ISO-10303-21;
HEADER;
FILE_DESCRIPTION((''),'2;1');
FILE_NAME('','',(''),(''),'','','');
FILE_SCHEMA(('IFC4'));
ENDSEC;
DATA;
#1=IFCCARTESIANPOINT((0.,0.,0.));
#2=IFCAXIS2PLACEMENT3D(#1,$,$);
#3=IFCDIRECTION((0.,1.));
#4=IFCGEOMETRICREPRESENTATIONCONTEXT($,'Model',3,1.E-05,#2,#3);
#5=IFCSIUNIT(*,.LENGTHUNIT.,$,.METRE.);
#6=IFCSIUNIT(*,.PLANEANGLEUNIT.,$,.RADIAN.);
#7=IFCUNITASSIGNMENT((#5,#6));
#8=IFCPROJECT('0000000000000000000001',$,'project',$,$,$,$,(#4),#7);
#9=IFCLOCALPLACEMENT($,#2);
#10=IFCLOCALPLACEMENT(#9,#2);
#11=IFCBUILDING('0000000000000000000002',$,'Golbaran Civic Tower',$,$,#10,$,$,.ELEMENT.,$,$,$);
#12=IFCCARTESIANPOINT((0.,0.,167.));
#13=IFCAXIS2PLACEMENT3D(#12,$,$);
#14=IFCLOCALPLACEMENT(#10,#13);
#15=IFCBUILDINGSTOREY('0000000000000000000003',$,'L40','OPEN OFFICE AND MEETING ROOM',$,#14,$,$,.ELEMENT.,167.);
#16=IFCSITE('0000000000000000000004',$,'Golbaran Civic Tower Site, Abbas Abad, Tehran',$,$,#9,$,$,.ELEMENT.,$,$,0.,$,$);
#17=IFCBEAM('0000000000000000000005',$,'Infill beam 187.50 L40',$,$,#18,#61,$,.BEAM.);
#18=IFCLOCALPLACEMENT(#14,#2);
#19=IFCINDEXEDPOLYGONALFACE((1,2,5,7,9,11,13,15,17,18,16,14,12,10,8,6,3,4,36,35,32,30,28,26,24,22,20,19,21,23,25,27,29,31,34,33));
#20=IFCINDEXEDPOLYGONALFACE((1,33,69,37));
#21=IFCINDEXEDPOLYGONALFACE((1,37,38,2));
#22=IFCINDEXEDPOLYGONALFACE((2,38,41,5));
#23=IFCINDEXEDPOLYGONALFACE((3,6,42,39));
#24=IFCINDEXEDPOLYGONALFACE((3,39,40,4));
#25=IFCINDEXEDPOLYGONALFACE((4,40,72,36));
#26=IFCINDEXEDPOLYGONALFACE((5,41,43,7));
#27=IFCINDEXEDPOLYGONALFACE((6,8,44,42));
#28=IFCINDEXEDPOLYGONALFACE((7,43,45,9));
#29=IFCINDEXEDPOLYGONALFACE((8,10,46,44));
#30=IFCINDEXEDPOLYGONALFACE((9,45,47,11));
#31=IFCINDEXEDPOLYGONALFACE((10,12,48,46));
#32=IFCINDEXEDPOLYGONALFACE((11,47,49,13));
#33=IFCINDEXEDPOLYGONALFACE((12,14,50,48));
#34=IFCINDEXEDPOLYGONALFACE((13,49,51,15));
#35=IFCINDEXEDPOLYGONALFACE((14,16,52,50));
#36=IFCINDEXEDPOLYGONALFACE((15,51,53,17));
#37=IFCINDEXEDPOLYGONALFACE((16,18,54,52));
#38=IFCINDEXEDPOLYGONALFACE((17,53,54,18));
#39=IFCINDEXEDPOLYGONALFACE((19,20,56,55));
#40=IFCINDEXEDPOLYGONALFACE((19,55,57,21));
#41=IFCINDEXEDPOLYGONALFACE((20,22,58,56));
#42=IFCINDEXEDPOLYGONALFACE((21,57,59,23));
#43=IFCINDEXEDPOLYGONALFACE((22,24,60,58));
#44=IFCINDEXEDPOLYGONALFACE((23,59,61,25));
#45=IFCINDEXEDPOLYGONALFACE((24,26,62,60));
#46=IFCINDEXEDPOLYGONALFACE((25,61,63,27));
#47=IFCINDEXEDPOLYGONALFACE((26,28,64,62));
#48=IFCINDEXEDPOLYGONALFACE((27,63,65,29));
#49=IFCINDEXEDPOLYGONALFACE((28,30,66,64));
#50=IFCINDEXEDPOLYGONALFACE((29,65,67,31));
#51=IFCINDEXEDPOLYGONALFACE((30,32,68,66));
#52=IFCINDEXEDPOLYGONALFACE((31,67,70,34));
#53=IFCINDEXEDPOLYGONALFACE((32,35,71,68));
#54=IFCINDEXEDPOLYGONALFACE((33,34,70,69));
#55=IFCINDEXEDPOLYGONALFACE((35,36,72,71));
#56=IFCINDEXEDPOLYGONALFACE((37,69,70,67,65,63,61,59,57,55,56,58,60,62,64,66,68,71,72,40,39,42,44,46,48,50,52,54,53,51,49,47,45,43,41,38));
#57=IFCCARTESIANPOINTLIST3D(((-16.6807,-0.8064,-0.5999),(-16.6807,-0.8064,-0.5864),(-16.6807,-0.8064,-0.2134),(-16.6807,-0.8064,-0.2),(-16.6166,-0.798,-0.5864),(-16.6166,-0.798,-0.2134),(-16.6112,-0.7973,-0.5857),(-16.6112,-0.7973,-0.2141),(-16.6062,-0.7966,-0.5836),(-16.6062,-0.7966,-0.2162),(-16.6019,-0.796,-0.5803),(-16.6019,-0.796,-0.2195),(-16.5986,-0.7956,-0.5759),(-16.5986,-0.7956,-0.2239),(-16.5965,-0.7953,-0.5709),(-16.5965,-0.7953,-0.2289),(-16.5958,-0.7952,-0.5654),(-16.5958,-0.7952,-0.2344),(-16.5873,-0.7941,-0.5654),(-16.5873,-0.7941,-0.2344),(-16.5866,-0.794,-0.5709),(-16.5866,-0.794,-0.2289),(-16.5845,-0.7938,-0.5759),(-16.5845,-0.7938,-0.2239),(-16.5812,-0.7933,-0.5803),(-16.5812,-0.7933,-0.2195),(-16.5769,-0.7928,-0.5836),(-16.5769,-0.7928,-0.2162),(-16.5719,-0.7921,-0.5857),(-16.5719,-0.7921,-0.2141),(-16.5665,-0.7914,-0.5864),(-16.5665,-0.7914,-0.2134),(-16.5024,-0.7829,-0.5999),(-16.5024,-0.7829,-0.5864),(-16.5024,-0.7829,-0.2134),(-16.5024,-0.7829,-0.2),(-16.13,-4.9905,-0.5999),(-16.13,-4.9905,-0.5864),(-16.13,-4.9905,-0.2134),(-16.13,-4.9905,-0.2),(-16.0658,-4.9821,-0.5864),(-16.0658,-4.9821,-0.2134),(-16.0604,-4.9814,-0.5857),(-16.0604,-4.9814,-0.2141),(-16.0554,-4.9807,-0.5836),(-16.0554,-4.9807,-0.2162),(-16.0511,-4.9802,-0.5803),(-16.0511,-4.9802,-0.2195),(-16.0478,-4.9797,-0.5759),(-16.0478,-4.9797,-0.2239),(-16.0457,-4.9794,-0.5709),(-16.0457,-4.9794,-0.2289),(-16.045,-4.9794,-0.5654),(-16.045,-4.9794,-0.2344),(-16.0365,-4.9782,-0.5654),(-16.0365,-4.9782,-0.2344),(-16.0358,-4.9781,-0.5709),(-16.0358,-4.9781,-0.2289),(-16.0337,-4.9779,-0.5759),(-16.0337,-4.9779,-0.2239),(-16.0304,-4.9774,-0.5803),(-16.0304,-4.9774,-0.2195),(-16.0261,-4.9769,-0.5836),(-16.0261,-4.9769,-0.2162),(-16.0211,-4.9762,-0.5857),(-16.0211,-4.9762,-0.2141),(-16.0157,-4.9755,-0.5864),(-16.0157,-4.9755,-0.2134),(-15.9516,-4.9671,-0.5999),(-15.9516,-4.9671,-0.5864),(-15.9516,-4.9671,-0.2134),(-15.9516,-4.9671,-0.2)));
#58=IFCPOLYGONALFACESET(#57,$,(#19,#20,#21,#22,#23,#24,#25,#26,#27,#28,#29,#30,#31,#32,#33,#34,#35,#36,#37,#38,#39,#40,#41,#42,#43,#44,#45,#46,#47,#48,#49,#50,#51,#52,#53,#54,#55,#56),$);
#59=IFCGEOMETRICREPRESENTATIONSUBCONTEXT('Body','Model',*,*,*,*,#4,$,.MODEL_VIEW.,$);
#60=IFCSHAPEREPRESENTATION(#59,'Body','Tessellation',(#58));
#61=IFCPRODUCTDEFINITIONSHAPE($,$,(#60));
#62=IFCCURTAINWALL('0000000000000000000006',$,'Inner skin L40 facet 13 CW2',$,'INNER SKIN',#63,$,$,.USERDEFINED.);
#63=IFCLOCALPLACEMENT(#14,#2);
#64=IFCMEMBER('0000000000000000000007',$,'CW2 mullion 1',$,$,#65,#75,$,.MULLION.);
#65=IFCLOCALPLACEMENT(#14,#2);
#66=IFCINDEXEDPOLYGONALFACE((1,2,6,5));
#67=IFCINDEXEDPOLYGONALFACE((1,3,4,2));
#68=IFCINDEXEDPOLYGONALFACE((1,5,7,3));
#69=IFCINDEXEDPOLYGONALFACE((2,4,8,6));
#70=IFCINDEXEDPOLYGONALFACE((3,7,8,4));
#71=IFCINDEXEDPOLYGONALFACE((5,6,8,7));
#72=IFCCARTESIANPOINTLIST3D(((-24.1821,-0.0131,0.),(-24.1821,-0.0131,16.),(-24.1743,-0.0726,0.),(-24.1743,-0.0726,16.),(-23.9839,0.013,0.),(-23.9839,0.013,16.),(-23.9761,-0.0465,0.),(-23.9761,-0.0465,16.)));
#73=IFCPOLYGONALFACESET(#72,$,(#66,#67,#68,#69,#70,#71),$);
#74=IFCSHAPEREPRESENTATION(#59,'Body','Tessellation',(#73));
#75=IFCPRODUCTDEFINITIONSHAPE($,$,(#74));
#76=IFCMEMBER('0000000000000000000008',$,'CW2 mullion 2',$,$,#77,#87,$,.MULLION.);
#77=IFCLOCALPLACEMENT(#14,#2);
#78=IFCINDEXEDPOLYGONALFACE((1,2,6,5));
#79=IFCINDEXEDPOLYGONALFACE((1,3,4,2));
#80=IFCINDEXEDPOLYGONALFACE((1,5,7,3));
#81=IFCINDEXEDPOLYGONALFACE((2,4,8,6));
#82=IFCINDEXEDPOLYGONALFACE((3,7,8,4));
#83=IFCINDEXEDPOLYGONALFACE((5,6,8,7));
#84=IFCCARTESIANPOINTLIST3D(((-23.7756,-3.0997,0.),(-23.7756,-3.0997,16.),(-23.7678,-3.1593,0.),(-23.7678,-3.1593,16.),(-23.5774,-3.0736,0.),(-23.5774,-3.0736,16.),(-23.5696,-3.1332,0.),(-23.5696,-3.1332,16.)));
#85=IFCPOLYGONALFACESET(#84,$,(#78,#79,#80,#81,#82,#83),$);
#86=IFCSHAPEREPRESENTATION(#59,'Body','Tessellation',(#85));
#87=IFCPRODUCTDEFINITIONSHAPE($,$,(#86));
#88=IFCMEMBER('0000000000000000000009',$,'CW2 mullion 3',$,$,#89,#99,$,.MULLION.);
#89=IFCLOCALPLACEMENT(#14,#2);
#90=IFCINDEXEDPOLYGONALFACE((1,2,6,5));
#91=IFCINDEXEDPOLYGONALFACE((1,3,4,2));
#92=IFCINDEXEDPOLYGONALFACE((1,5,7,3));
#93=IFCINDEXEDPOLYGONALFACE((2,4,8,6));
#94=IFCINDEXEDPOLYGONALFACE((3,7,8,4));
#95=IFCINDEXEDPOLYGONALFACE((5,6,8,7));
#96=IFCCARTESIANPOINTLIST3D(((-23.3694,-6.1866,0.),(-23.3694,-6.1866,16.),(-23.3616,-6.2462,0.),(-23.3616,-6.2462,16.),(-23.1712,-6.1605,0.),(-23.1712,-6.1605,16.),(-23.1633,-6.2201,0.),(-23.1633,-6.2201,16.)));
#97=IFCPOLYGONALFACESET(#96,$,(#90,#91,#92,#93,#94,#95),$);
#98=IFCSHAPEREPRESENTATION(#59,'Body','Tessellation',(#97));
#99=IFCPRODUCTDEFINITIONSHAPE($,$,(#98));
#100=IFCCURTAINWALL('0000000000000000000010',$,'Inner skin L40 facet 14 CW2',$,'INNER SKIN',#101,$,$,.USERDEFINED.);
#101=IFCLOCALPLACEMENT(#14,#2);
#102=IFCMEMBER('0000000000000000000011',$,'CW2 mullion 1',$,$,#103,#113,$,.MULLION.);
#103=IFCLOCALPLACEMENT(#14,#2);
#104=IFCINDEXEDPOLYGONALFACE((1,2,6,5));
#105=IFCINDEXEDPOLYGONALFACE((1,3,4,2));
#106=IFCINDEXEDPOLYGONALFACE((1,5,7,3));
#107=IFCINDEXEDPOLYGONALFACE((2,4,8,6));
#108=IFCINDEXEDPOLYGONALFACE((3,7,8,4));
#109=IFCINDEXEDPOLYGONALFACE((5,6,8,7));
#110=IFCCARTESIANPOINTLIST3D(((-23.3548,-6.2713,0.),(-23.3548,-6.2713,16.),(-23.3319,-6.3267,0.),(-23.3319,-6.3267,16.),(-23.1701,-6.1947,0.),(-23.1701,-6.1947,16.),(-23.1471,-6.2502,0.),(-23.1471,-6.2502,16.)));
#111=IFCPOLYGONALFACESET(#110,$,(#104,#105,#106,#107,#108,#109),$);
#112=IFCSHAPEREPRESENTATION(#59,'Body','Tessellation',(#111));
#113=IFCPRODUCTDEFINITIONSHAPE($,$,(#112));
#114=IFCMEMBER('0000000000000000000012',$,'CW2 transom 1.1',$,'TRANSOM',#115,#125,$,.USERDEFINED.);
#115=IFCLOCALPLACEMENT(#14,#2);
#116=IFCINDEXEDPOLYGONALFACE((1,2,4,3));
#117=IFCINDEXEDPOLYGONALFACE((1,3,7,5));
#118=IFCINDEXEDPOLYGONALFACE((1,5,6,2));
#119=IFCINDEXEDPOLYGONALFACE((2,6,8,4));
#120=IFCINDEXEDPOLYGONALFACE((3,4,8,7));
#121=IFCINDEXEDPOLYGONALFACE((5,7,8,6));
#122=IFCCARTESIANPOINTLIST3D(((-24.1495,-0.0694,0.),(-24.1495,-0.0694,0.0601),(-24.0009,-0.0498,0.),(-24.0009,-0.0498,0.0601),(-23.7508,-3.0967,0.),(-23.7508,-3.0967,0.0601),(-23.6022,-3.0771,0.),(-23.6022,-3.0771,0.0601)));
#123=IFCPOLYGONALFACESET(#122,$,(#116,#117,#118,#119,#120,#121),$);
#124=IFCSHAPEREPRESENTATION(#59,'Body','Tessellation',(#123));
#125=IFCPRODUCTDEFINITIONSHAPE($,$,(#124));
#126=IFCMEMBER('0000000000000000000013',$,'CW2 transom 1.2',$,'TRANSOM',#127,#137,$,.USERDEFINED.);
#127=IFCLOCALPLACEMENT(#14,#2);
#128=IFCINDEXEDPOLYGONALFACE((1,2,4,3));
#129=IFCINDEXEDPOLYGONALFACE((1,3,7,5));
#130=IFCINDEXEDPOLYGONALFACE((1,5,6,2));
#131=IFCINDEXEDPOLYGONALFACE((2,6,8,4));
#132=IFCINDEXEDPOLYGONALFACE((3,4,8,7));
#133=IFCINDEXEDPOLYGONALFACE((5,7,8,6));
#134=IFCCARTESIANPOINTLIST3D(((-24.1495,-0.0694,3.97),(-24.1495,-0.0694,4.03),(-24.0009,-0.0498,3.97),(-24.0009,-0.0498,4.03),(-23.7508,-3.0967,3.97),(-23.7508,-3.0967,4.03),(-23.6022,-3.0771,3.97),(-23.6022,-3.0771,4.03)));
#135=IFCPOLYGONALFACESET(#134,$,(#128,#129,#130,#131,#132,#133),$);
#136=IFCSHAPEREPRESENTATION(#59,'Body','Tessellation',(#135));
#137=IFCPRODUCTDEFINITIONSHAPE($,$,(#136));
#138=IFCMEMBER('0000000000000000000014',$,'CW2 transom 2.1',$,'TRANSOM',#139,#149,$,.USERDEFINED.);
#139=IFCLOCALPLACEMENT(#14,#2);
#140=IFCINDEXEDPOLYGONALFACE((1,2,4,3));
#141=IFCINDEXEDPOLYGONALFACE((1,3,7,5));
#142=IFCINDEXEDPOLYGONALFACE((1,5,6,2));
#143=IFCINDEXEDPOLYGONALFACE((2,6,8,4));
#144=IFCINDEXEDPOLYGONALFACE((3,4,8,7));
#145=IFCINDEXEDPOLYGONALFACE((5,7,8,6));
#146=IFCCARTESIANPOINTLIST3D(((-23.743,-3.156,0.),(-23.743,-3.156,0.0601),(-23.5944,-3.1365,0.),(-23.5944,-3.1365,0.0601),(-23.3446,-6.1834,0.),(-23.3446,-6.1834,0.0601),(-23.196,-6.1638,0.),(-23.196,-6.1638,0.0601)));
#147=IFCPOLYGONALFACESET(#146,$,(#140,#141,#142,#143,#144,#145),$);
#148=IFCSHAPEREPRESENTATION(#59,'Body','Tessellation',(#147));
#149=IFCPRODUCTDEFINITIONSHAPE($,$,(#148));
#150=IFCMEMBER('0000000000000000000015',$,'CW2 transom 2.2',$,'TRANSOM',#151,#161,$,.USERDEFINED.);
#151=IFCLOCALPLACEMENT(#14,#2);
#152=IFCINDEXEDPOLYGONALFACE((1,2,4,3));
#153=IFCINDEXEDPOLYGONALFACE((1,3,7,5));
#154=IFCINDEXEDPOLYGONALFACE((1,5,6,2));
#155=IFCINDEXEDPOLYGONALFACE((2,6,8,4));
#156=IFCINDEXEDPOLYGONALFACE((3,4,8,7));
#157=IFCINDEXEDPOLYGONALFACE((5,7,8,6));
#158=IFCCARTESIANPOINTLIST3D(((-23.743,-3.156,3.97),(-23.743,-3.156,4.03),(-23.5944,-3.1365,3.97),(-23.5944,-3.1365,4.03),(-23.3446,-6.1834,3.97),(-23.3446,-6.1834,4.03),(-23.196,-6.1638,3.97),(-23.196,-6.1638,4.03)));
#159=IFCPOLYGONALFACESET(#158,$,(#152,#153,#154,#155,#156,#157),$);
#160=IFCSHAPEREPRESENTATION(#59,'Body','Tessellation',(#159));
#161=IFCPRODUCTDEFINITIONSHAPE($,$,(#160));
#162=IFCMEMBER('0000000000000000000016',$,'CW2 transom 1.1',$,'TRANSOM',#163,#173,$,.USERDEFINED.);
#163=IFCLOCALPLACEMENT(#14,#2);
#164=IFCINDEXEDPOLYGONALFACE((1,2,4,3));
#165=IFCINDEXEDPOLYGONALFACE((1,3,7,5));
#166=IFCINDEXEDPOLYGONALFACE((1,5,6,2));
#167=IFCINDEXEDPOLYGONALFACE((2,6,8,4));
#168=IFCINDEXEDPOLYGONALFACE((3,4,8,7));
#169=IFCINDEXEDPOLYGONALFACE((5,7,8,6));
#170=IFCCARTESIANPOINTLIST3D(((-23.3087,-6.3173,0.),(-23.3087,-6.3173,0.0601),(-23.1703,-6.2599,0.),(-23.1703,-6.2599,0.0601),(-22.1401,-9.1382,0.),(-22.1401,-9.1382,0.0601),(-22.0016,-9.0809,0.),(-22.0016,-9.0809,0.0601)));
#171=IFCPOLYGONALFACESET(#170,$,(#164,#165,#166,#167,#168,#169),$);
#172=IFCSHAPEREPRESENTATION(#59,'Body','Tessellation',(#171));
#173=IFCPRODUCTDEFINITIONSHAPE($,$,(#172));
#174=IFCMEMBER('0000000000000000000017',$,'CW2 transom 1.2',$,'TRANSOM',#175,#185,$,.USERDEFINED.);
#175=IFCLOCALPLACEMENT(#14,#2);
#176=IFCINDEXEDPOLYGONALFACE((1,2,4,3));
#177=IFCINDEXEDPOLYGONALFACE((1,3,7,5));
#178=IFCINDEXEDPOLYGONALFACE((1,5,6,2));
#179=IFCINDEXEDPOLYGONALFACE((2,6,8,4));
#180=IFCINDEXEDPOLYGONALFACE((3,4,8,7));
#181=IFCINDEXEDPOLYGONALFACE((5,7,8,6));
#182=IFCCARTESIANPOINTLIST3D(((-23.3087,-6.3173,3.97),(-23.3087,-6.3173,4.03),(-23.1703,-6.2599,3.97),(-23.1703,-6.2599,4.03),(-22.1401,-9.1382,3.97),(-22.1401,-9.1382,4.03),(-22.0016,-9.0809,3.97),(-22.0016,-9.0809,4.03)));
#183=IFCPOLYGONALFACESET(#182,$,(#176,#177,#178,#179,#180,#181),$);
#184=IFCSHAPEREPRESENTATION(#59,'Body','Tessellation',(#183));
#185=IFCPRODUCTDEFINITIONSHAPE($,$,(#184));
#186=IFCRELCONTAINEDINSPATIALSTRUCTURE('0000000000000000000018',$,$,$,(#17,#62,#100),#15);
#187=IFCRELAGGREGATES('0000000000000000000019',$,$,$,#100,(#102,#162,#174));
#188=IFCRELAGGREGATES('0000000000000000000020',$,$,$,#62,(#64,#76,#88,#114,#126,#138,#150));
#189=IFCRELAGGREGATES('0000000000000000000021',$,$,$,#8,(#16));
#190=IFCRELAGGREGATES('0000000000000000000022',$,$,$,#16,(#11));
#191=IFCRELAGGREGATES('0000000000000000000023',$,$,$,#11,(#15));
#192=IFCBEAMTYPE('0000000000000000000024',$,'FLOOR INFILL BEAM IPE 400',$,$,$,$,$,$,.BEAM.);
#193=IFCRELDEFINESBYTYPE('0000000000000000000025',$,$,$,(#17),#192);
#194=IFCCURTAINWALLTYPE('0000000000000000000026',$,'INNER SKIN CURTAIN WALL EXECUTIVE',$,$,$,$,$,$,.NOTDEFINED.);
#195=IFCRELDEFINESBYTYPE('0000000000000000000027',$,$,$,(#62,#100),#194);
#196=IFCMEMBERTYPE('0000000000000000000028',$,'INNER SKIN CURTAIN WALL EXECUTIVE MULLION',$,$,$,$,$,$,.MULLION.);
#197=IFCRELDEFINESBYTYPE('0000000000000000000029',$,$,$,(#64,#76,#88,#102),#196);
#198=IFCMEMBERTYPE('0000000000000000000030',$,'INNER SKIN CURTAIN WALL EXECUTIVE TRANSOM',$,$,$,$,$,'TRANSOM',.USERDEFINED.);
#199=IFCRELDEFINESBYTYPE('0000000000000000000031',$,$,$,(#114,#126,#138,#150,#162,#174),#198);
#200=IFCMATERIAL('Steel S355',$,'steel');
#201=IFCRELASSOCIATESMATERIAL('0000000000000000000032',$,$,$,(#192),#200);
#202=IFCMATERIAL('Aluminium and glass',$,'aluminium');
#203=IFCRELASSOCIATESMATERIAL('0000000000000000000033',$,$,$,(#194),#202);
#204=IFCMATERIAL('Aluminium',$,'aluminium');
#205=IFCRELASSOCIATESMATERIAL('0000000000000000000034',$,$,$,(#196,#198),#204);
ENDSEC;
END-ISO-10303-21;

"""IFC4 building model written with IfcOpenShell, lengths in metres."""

from ifc_helpers import new_model, si_unit, direction, frame, origin, origin_2d, place, context, subcontext, project, spatial, rectangle, i_section, extrude, material, material_profile, profile_set, type_object, element, aggregate, save


model = new_model("IFC4")

# Units and contexts
model_context = context("Model", 3, precision=1e-05, world=origin(), true_north=direction((0.0, 1.0)))
body_context = subcontext(model_context, "Body", "Model", "MODEL_VIEW")
ifc_project = project(units=[si_unit("LENGTHUNIT", "METRE"), si_unit("PLANEANGLEUNIT", "RADIAN")], contexts=[model_context])

# Site, building, storey
site_placement = place(None, origin())
site = spatial("IfcSite", under=ifc_project, at=site_placement, Name="Golbaran Civic Tower Site, Abbas Abad, Tehran", CompositionType="ELEMENT", RefElevation=0.0)
building_placement = place(site_placement, origin())
building = spatial("IfcBuilding", under=site, at=building_placement, Name="Golbaran Civic Tower", CompositionType="ELEMENT")
storey_placement = place(building_placement, frame((0.0, 0.0, 167.0)))
storey = spatial("IfcBuildingStorey", under=building, at=storey_placement, Name="L40", Description="OPEN OFFICE AND MEETING ROOM", CompositionType="ELEMENT", Elevation=167.0)

# Beam
ifc_material_1 = material(Name="Steel S355", Category="steel")
ifc_material_profile_1 = material_profile(ifc_material_1, i_section(OverallWidth=0.1799, OverallDepth=0.3999, WebThickness=0.0085, FlangeThickness=0.0134, FilletRadius=0.021, at=origin_2d()), Name="IPE 400")
ifc_profile_set_1 = profile_set([ifc_material_profile_1], Name="Steel S355")
beam_type = type_object("IfcBeamType", Name="FLOOR INFILL BEAM IPE 400", PredefinedType="BEAM", material=ifc_profile_set_1)
beam_placement = place(storey_placement, frame((-16.5916, -0.7947, -0.3999), z_axis=(0.130511, -0.991447, 0.0), x_axis=(0.991447, 0.130511, 0.0)))
element("IfcBeam", 1, at=beam_placement, inside=storey, type_object=beam_type, Name="Infill beam 187.50 L40", PredefinedType="BEAM", context=body_context, shape_type="SweptSolid", body=[
    extrude(i_section(OverallWidth=0.1799, OverallDepth=0.3999, WebThickness=0.0085, FlangeThickness=0.0134, FilletRadius=0.021, at=origin_2d()), origin(), (0.0, 0.0, 1.0), 4.2202),
])

# Curtain wall, members
ifc_material_2 = material(Name="Aluminium and glass", Category="aluminium")
curtain_wall_type_1 = type_object("IfcCurtainWallType", Name="INNER SKIN CURTAIN WALL EXECUTIVE", PredefinedType="NOTDEFINED", material=ifc_material_2)
curtain_wall_1_placement = place(storey_placement, origin())
curtain_wall_1 = element("IfcCurtainWall", 2, at=curtain_wall_1_placement, inside=storey, type_object=curtain_wall_type_1, Name="Inner skin L40 facet 13 CW2", ObjectType="INNER SKIN", PredefinedType="USERDEFINED")
ifc_material_3 = material(Name="Aluminium", Category="aluminium")
ifc_material_profile_2 = material_profile(ifc_material_3, rectangle(XDim=0.2, YDim=0.0601, at=origin_2d()), Name="INNER SKIN CURTAIN WALL EXECUTIVE MULLION")
ifc_profile_set_2 = profile_set([ifc_material_profile_2], Name="Aluminium")
member_type_1 = type_object("IfcMemberType", Name="INNER SKIN CURTAIN WALL EXECUTIVE MULLION", PredefinedType="MULLION", material=ifc_profile_set_2)
member_1_placement = place(storey_placement, frame((-24.0791, -0.0298, 0.0), z_axis=(0.0, 0.0, 1.0), x_axis=(0.991445, 0.130526, 0.0)))
member_1 = element("IfcMember", 3, at=member_1_placement, type_object=member_type_1, Name="CW2 mullion 1", PredefinedType="MULLION", context=body_context, shape_type="SweptSolid", body=[
    extrude(rectangle(XDim=0.2, YDim=0.0601, at=origin_2d()), origin(), (0.0, 0.0, 1.0), 16.0),
])
member_2_placement = place(storey_placement, frame((-23.6726, -3.1165, 0.0), z_axis=(0.0, 0.0, 1.0), x_axis=(0.991445, 0.130526, 0.0)))
member_2 = element("IfcMember", 4, at=member_2_placement, type_object=member_type_1, Name="CW2 mullion 2", PredefinedType="MULLION", context=body_context, shape_type="SweptSolid", body=[
    extrude(rectangle(XDim=0.2, YDim=0.0601, at=origin_2d()), origin(), (0.0, 0.0, 1.0), 16.0),
])
member_3_placement = place(storey_placement, frame((-23.2664, -6.2034, 0.0), z_axis=(0.0, 0.0, 1.0), x_axis=(0.991445, 0.130526, 0.0)))
member_3 = element("IfcMember", 5, at=member_3_placement, type_object=member_type_1, Name="CW2 mullion 3", PredefinedType="MULLION", context=body_context, shape_type="SweptSolid", body=[
    extrude(rectangle(XDim=0.2, YDim=0.0601, at=origin_2d()), origin(), (0.0, 0.0, 1.0), 16.0),
])

# Curtain wall, member
curtain_wall_2_placement = place(storey_placement, origin())
curtain_wall_2 = element("IfcCurtainWall", 6, at=curtain_wall_2_placement, inside=storey, type_object=curtain_wall_type_1, Name="Inner skin L40 facet 14 CW2", ObjectType="INNER SKIN", PredefinedType="USERDEFINED")
member_4_placement = place(storey_placement, frame((-23.251, -6.2607, 0.0), z_axis=(0.0, 0.0, 1.0), x_axis=(0.92388, 0.382683, 0.0)))
member_4 = element("IfcMember", 7, at=member_4_placement, type_object=member_type_1, Name="CW2 mullion 1", PredefinedType="MULLION", context=body_context, shape_type="SweptSolid", body=[
    extrude(rectangle(XDim=0.2, YDim=0.0601, at=origin_2d()), origin(), (0.0, 0.0, 1.0), 16.0),
])

# Members
ifc_material_profile_3 = material_profile(ifc_material_3, rectangle(XDim=0.1499, YDim=0.0601, at=origin_2d()), Name="INNER SKIN CURTAIN WALL EXECUTIVE TRANSOM")
ifc_profile_set_3 = profile_set([ifc_material_profile_3], Name="Aluminium")
member_type_2 = type_object("IfcMemberType", Name="INNER SKIN CURTAIN WALL EXECUTIVE TRANSOM", ElementType="TRANSOM", PredefinedType="USERDEFINED", material=ifc_profile_set_3)
member_5_placement = place(storey_placement, frame((-24.0752, -0.0596, 0.03), z_axis=(0.130566, -0.99144, 0.0), x_axis=(0.99144, 0.130566, 0.0)))
member_5 = element("IfcMember", 8, at=member_5_placement, type_object=member_type_2, Name="CW2 transom 1.1", ObjectType="TRANSOM", PredefinedType="USERDEFINED", context=body_context, shape_type="SweptSolid", body=[
    extrude(rectangle(XDim=0.1499, YDim=0.0601, at=origin_2d()), origin(), (0.0, 0.0, 1.0), 3.0535),
])
member_6_placement = place(storey_placement, frame((-24.0752, -0.0596, 4.0), z_axis=(0.130566, -0.99144, 0.0), x_axis=(0.99144, 0.130566, 0.0)))
member_6 = element("IfcMember", 9, at=member_6_placement, type_object=member_type_2, Name="CW2 transom 1.2", ObjectType="TRANSOM", PredefinedType="USERDEFINED", context=body_context, shape_type="SweptSolid", body=[
    extrude(rectangle(XDim=0.1499, YDim=0.0601, at=origin_2d()), origin(), (0.0, 0.0, 1.0), 3.0535),
])
member_7_placement = place(storey_placement, frame((-23.6687, -3.1462, 0.03), z_axis=(0.130488, -0.99145, 0.0), x_axis=(0.99145, 0.130488, 0.0)))
member_7 = element("IfcMember", 10, at=member_7_placement, type_object=member_type_2, Name="CW2 transom 2.1", ObjectType="TRANSOM", PredefinedType="USERDEFINED", context=body_context, shape_type="SweptSolid", body=[
    extrude(rectangle(XDim=0.1499, YDim=0.0601, at=origin_2d()), origin(), (0.0, 0.0, 1.0), 3.0535),
])
member_8_placement = place(storey_placement, frame((-23.6687, -3.1462, 4.0), z_axis=(0.130488, -0.99145, 0.0), x_axis=(0.99145, 0.130488, 0.0)))
member_8 = element("IfcMember", 11, at=member_8_placement, type_object=member_type_2, Name="CW2 transom 2.2", ObjectType="TRANSOM", PredefinedType="USERDEFINED", context=body_context, shape_type="SweptSolid", body=[
    extrude(rectangle(XDim=0.1499, YDim=0.0601, at=origin_2d()), origin(), (0.0, 0.0, 1.0), 3.0535),
])
member_9_placement = place(storey_placement, frame((-23.2395, -6.2886, 0.03), z_axis=(0.382735, -0.923858, 0.0), x_axis=(0.923858, 0.382735, 0.0)))
member_9 = element("IfcMember", 12, at=member_9_placement, type_object=member_type_2, Name="CW2 transom 1.1", ObjectType="TRANSOM", PredefinedType="USERDEFINED", context=body_context, shape_type="SweptSolid", body=[
    extrude(rectangle(XDim=0.1499, YDim=0.0601, at=origin_2d()), origin(), (0.0, 0.0, 1.0), 3.0535),
])
member_10_placement = place(storey_placement, frame((-23.2395, -6.2886, 4.0), z_axis=(0.382735, -0.923858, 0.0), x_axis=(0.923858, 0.382735, 0.0)))
member_10 = element("IfcMember", 13, at=member_10_placement, type_object=member_type_2, Name="CW2 transom 1.2", ObjectType="TRANSOM", PredefinedType="USERDEFINED", context=body_context, shape_type="SweptSolid", body=[
    extrude(rectangle(XDim=0.1499, YDim=0.0601, at=origin_2d()), origin(), (0.0, 0.0, 1.0), 3.0535),
])
aggregate(curtain_wall_2, [member_4, member_9, member_10])

aggregate(curtain_wall_1, [member_1, member_2, member_3, member_5, member_6, member_7, member_8])

save(model, "model.ifc")
